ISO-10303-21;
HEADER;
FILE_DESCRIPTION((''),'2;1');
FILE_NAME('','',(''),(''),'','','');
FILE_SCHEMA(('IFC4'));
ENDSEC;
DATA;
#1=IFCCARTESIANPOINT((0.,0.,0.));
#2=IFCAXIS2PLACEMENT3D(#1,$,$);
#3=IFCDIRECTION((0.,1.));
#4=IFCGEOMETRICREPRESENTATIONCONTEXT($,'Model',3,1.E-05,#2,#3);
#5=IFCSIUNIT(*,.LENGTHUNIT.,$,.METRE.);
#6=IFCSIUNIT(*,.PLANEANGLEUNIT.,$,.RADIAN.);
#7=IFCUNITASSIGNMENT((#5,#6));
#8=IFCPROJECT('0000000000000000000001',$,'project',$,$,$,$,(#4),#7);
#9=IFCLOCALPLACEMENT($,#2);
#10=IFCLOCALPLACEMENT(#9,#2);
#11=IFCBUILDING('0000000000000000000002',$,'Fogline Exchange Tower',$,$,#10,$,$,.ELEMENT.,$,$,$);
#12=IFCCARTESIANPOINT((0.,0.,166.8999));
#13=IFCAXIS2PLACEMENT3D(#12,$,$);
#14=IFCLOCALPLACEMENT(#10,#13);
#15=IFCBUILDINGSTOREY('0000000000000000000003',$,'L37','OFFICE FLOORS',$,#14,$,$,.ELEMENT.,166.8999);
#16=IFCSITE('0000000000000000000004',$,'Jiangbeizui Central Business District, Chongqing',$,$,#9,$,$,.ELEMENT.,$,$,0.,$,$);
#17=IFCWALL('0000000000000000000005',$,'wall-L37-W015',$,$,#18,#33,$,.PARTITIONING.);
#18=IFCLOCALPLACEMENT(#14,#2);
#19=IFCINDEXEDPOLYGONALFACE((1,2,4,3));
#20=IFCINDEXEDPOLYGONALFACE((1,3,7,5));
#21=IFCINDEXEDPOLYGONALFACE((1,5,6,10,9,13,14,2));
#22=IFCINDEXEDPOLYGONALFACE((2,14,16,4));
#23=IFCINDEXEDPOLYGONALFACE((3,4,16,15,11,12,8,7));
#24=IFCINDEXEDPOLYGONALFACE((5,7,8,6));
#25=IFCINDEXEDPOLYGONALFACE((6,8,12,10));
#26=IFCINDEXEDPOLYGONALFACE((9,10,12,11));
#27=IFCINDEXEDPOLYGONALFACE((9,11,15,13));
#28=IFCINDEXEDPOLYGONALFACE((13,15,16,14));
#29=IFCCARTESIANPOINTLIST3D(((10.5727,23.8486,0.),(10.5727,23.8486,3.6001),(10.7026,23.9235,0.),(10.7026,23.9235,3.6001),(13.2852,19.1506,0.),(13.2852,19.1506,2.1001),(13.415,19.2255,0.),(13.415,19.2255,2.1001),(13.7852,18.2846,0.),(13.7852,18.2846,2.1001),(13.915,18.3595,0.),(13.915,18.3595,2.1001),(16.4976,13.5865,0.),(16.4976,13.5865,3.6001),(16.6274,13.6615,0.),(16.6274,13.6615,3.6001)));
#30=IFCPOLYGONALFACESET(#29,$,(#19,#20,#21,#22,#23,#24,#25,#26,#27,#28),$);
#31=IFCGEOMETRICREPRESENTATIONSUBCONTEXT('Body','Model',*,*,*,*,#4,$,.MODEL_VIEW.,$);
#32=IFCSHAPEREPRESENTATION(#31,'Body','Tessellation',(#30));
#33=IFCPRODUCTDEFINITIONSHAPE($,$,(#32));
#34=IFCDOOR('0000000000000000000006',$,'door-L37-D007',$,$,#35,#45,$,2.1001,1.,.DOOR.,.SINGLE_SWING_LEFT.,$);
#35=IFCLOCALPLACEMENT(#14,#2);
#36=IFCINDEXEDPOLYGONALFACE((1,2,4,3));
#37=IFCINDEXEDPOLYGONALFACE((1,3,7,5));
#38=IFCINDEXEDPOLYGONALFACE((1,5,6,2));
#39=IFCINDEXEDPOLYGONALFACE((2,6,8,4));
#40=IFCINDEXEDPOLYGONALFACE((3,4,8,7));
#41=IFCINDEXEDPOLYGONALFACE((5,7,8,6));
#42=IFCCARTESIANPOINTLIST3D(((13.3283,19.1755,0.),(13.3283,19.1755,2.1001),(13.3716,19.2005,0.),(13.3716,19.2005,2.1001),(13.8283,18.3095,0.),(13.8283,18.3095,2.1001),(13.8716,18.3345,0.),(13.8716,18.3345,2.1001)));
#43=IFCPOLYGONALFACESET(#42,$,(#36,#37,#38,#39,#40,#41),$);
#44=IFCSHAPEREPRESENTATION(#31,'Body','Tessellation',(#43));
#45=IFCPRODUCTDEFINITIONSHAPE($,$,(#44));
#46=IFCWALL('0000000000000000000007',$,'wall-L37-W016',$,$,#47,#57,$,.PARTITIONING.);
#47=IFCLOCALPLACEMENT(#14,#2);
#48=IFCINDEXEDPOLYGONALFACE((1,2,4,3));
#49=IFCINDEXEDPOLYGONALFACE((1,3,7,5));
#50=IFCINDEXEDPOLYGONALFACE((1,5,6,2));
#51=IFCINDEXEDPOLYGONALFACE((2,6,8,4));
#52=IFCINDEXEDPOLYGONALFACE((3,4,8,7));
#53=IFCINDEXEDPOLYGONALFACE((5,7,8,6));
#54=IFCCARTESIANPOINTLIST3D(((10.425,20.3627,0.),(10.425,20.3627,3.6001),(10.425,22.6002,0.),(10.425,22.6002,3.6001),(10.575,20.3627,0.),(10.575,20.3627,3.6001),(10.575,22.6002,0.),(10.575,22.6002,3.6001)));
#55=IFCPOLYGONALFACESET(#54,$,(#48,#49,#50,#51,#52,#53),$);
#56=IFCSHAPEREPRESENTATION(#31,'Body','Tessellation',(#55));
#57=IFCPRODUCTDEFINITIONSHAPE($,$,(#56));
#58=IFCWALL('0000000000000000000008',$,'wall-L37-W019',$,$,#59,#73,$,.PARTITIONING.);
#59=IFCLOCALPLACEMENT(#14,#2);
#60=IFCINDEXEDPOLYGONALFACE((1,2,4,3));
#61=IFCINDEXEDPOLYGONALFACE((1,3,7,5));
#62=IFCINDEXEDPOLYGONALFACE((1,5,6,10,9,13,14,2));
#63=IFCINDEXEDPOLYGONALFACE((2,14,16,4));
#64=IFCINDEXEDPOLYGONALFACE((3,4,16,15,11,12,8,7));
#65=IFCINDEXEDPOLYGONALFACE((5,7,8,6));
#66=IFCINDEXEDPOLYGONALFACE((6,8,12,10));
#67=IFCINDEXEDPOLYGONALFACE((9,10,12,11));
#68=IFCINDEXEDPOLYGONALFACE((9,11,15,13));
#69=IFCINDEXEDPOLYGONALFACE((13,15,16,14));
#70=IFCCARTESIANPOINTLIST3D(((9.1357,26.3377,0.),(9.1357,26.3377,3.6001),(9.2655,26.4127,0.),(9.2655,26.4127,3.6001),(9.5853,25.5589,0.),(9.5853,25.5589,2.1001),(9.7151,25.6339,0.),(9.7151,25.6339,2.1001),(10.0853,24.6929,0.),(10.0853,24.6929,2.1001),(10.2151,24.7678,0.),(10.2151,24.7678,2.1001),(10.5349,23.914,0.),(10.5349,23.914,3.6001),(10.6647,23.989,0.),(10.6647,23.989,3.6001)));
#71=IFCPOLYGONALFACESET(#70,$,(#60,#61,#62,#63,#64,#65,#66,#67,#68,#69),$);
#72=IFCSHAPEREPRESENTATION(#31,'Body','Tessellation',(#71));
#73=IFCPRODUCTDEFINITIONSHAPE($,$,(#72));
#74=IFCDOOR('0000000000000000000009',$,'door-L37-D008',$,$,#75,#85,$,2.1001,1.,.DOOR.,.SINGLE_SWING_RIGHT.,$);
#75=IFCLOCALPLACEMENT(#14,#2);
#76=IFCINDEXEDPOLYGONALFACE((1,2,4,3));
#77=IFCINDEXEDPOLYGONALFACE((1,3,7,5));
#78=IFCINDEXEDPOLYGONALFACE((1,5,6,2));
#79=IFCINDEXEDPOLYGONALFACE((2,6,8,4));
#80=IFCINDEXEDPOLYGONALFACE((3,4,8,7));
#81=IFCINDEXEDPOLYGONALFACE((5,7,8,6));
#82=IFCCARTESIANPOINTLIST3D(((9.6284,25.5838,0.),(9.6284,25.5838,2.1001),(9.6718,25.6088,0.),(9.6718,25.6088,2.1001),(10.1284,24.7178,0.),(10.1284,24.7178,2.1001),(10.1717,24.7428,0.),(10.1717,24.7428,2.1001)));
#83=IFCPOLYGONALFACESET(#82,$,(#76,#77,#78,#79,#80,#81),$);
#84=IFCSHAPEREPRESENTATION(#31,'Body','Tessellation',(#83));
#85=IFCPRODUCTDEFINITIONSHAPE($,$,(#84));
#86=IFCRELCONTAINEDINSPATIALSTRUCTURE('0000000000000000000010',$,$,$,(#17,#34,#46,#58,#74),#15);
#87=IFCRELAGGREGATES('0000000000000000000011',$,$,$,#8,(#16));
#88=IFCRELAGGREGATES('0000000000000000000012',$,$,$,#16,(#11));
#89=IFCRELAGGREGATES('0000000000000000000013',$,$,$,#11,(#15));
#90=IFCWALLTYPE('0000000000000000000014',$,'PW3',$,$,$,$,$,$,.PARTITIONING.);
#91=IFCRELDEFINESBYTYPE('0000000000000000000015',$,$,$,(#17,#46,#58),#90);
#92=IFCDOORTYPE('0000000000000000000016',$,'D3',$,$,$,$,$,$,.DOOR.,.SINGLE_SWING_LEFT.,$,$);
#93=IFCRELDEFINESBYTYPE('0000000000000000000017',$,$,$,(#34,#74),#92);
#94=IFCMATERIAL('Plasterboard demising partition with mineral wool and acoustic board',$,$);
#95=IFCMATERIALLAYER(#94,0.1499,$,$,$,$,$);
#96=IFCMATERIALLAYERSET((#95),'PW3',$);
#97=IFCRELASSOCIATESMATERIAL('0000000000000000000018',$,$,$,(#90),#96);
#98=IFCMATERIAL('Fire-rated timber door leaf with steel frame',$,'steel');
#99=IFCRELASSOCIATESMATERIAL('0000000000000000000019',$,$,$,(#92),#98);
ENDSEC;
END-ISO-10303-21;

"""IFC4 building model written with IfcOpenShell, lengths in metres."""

from ifc_helpers import new_model, si_unit, direction, frame, frame_2d, origin, place, context, subcontext, project, spatial, rectangle, extrude, material, layer, layer_set, type_object, element, fill, save


model = new_model("IFC4")

# Units and contexts
model_context = context("Model", 3, precision=1e-05, world=origin(), true_north=direction((0.0, 1.0)))
body_context = subcontext(model_context, "Body", "Model", "MODEL_VIEW")
ifc_project = project(units=[si_unit("LENGTHUNIT", "METRE"), si_unit("PLANEANGLEUNIT", "RADIAN")], contexts=[model_context])

# Site, building, storey
site_placement = place(None, origin())
site = spatial("IfcSite", under=ifc_project, at=site_placement, Name="Jiangbeizui Central Business District, Chongqing", CompositionType="ELEMENT", RefElevation=0.0)
building_placement = place(site_placement, origin())
building = spatial("IfcBuilding", under=site, at=building_placement, Name="Fogline Exchange Tower", CompositionType="ELEMENT")
storey_placement = place(building_placement, frame((0.0, 0.0, 166.8999)))
storey = spatial("IfcBuildingStorey", under=building, at=storey_placement, Name="L37", Description="OFFICE FLOORS", CompositionType="ELEMENT", Elevation=166.8999)

# Shared definitions
ifc_material_1 = material(Name="Plasterboard demising partition with mineral wool and acoustic board")
ifc_layer_1 = layer(ifc_material_1, 0.1499)
ifc_layer_set_1 = layer_set([ifc_layer_1], Name="PW3")
wall_type_1 = type_object("IfcWallType", Name="PW3", PredefinedType="PARTITIONING", material=ifc_layer_set_1)

# Wall, opening, door
wall_1_placement = place(storey_placement, frame((16.5625, 13.624, 0.0), z_axis=(0.0, 0.0, 1.0), x_axis=(-0.500004, 0.866023, 0.0)))
wall_1 = element("IfcWall", 1, at=wall_1_placement, inside=storey, type_object=wall_type_1, Name="wall-L37-W015", PredefinedType="PARTITIONING", context=body_context, shape_type="SweptSolid", body=[
    extrude(rectangle(XDim=11.8496, YDim=0.1499, at=frame_2d((5.9248, 0.0))), origin(), (0.0, 0.0, 1.0), 3.6001),
])
opening_1_placement = place(wall_1_placement, frame((5.4248, 0.0, 0.0)))
opening_1 = element("IfcOpeningElement", 2, at=opening_1_placement, cuts=wall_1, PredefinedType="OPENING", context=body_context, shape_type="SweptSolid", body=[
    extrude(rectangle(XDim=1.0, YDim=2.1001, at=frame_2d((0.5, 1.05))), frame((0.0, 0.085, 0.0), z_axis=(0.0, -1.0, 0.0), x_axis=(1.0, 0.0, 0.0)), (0.0, 0.0, 1.0), 0.1699),
])
ifc_material_2 = material(Name="Fire-rated timber door leaf with steel frame", Category="steel")
door_type_1 = type_object("IfcDoorType", Name="D3", OperationType="SINGLE_SWING_LEFT", PredefinedType="DOOR", material=ifc_material_2)
door_1_placement = place(opening_1_placement, frame((1.0, 0.0, 0.0), z_axis=(0.0, 0.0, 1.0), x_axis=(-1.0, 0.0, 0.0)))
door_1 = element("IfcDoor", 3, at=door_1_placement, inside=storey, type_object=door_type_1, Name="door-L37-D007", OperationType="SINGLE_SWING_LEFT", OverallHeight=2.1001, OverallWidth=1.0, PredefinedType="DOOR", context=body_context, shape_type="SweptSolid", body=[
    extrude(rectangle(XDim=1.0, YDim=2.1001, at=frame_2d((0.5, 1.05))), frame((0.0, 0.0249, 0.0), z_axis=(0.0, -1.0, 0.0), x_axis=(1.0, 0.0, 0.0)), (0.0, 0.0, 1.0), 0.05),
])
fill(opening_1, door_1)

# Wall
wall_2_placement = place(storey_placement, frame((10.5, 22.6001, 0.0), z_axis=(0.0, 0.0, 1.0), x_axis=(0.0, -1.0, 0.0)))
element("IfcWall", 4, at=wall_2_placement, inside=storey, type_object=wall_type_1, Name="wall-L37-W016", PredefinedType="PARTITIONING", context=body_context, shape_type="SweptSolid", body=[
    extrude(rectangle(XDim=2.2375, YDim=0.1499, at=frame_2d((1.1187, 0.0))), origin(), (0.0, 0.0, 1.0), 3.6001),
])

# Wall, opening, door
wall_3_placement = place(storey_placement, frame((10.5999, 23.9514, 0.0), z_axis=(0.0, 0.0, 1.0), x_axis=(-0.499977, 0.866039, 0.0)))
wall_3 = element("IfcWall", 5, at=wall_3_placement, inside=storey, type_object=wall_type_1, Name="wall-L37-W019", PredefinedType="PARTITIONING", context=body_context, shape_type="SweptSolid", body=[
    extrude(rectangle(XDim=2.7986, YDim=0.1499, at=frame_2d((1.3994, 0.0))), origin(), (0.0, 0.0, 1.0), 3.6001),
])
opening_2_placement = place(wall_3_placement, frame((0.8994, 0.0, 0.0)))
opening_2 = element("IfcOpeningElement", 6, at=opening_2_placement, cuts=wall_3, PredefinedType="OPENING", context=body_context, shape_type="SweptSolid", body=[
    extrude(rectangle(XDim=1.0, YDim=2.1001, at=frame_2d((0.5, 1.05))), frame((0.0, 0.085, 0.0), z_axis=(0.0, -1.0, 0.0), x_axis=(1.0, 0.0, 0.0)), (0.0, 0.0, 1.0), 0.1699),
])
door_2_placement = place(opening_2_placement, frame((1.0, 0.0, 0.0), z_axis=(0.0, 0.0, 1.0), x_axis=(-1.0, 0.0, 0.0)))
door_2 = element("IfcDoor", 7, at=door_2_placement, inside=storey, type_object=door_type_1, Name="door-L37-D008", OperationType="SINGLE_SWING_RIGHT", OverallHeight=2.1001, OverallWidth=1.0, PredefinedType="DOOR", context=body_context, shape_type="SweptSolid", body=[
    extrude(rectangle(XDim=1.0, YDim=2.1001, at=frame_2d((0.5, 1.05))), frame((0.0, 0.0249, 0.0), z_axis=(0.0, -1.0, 0.0), x_axis=(1.0, 0.0, 0.0)), (0.0, 0.0, 1.0), 0.05),
])
fill(opening_2, door_2)

save(model, "model.ifc")
